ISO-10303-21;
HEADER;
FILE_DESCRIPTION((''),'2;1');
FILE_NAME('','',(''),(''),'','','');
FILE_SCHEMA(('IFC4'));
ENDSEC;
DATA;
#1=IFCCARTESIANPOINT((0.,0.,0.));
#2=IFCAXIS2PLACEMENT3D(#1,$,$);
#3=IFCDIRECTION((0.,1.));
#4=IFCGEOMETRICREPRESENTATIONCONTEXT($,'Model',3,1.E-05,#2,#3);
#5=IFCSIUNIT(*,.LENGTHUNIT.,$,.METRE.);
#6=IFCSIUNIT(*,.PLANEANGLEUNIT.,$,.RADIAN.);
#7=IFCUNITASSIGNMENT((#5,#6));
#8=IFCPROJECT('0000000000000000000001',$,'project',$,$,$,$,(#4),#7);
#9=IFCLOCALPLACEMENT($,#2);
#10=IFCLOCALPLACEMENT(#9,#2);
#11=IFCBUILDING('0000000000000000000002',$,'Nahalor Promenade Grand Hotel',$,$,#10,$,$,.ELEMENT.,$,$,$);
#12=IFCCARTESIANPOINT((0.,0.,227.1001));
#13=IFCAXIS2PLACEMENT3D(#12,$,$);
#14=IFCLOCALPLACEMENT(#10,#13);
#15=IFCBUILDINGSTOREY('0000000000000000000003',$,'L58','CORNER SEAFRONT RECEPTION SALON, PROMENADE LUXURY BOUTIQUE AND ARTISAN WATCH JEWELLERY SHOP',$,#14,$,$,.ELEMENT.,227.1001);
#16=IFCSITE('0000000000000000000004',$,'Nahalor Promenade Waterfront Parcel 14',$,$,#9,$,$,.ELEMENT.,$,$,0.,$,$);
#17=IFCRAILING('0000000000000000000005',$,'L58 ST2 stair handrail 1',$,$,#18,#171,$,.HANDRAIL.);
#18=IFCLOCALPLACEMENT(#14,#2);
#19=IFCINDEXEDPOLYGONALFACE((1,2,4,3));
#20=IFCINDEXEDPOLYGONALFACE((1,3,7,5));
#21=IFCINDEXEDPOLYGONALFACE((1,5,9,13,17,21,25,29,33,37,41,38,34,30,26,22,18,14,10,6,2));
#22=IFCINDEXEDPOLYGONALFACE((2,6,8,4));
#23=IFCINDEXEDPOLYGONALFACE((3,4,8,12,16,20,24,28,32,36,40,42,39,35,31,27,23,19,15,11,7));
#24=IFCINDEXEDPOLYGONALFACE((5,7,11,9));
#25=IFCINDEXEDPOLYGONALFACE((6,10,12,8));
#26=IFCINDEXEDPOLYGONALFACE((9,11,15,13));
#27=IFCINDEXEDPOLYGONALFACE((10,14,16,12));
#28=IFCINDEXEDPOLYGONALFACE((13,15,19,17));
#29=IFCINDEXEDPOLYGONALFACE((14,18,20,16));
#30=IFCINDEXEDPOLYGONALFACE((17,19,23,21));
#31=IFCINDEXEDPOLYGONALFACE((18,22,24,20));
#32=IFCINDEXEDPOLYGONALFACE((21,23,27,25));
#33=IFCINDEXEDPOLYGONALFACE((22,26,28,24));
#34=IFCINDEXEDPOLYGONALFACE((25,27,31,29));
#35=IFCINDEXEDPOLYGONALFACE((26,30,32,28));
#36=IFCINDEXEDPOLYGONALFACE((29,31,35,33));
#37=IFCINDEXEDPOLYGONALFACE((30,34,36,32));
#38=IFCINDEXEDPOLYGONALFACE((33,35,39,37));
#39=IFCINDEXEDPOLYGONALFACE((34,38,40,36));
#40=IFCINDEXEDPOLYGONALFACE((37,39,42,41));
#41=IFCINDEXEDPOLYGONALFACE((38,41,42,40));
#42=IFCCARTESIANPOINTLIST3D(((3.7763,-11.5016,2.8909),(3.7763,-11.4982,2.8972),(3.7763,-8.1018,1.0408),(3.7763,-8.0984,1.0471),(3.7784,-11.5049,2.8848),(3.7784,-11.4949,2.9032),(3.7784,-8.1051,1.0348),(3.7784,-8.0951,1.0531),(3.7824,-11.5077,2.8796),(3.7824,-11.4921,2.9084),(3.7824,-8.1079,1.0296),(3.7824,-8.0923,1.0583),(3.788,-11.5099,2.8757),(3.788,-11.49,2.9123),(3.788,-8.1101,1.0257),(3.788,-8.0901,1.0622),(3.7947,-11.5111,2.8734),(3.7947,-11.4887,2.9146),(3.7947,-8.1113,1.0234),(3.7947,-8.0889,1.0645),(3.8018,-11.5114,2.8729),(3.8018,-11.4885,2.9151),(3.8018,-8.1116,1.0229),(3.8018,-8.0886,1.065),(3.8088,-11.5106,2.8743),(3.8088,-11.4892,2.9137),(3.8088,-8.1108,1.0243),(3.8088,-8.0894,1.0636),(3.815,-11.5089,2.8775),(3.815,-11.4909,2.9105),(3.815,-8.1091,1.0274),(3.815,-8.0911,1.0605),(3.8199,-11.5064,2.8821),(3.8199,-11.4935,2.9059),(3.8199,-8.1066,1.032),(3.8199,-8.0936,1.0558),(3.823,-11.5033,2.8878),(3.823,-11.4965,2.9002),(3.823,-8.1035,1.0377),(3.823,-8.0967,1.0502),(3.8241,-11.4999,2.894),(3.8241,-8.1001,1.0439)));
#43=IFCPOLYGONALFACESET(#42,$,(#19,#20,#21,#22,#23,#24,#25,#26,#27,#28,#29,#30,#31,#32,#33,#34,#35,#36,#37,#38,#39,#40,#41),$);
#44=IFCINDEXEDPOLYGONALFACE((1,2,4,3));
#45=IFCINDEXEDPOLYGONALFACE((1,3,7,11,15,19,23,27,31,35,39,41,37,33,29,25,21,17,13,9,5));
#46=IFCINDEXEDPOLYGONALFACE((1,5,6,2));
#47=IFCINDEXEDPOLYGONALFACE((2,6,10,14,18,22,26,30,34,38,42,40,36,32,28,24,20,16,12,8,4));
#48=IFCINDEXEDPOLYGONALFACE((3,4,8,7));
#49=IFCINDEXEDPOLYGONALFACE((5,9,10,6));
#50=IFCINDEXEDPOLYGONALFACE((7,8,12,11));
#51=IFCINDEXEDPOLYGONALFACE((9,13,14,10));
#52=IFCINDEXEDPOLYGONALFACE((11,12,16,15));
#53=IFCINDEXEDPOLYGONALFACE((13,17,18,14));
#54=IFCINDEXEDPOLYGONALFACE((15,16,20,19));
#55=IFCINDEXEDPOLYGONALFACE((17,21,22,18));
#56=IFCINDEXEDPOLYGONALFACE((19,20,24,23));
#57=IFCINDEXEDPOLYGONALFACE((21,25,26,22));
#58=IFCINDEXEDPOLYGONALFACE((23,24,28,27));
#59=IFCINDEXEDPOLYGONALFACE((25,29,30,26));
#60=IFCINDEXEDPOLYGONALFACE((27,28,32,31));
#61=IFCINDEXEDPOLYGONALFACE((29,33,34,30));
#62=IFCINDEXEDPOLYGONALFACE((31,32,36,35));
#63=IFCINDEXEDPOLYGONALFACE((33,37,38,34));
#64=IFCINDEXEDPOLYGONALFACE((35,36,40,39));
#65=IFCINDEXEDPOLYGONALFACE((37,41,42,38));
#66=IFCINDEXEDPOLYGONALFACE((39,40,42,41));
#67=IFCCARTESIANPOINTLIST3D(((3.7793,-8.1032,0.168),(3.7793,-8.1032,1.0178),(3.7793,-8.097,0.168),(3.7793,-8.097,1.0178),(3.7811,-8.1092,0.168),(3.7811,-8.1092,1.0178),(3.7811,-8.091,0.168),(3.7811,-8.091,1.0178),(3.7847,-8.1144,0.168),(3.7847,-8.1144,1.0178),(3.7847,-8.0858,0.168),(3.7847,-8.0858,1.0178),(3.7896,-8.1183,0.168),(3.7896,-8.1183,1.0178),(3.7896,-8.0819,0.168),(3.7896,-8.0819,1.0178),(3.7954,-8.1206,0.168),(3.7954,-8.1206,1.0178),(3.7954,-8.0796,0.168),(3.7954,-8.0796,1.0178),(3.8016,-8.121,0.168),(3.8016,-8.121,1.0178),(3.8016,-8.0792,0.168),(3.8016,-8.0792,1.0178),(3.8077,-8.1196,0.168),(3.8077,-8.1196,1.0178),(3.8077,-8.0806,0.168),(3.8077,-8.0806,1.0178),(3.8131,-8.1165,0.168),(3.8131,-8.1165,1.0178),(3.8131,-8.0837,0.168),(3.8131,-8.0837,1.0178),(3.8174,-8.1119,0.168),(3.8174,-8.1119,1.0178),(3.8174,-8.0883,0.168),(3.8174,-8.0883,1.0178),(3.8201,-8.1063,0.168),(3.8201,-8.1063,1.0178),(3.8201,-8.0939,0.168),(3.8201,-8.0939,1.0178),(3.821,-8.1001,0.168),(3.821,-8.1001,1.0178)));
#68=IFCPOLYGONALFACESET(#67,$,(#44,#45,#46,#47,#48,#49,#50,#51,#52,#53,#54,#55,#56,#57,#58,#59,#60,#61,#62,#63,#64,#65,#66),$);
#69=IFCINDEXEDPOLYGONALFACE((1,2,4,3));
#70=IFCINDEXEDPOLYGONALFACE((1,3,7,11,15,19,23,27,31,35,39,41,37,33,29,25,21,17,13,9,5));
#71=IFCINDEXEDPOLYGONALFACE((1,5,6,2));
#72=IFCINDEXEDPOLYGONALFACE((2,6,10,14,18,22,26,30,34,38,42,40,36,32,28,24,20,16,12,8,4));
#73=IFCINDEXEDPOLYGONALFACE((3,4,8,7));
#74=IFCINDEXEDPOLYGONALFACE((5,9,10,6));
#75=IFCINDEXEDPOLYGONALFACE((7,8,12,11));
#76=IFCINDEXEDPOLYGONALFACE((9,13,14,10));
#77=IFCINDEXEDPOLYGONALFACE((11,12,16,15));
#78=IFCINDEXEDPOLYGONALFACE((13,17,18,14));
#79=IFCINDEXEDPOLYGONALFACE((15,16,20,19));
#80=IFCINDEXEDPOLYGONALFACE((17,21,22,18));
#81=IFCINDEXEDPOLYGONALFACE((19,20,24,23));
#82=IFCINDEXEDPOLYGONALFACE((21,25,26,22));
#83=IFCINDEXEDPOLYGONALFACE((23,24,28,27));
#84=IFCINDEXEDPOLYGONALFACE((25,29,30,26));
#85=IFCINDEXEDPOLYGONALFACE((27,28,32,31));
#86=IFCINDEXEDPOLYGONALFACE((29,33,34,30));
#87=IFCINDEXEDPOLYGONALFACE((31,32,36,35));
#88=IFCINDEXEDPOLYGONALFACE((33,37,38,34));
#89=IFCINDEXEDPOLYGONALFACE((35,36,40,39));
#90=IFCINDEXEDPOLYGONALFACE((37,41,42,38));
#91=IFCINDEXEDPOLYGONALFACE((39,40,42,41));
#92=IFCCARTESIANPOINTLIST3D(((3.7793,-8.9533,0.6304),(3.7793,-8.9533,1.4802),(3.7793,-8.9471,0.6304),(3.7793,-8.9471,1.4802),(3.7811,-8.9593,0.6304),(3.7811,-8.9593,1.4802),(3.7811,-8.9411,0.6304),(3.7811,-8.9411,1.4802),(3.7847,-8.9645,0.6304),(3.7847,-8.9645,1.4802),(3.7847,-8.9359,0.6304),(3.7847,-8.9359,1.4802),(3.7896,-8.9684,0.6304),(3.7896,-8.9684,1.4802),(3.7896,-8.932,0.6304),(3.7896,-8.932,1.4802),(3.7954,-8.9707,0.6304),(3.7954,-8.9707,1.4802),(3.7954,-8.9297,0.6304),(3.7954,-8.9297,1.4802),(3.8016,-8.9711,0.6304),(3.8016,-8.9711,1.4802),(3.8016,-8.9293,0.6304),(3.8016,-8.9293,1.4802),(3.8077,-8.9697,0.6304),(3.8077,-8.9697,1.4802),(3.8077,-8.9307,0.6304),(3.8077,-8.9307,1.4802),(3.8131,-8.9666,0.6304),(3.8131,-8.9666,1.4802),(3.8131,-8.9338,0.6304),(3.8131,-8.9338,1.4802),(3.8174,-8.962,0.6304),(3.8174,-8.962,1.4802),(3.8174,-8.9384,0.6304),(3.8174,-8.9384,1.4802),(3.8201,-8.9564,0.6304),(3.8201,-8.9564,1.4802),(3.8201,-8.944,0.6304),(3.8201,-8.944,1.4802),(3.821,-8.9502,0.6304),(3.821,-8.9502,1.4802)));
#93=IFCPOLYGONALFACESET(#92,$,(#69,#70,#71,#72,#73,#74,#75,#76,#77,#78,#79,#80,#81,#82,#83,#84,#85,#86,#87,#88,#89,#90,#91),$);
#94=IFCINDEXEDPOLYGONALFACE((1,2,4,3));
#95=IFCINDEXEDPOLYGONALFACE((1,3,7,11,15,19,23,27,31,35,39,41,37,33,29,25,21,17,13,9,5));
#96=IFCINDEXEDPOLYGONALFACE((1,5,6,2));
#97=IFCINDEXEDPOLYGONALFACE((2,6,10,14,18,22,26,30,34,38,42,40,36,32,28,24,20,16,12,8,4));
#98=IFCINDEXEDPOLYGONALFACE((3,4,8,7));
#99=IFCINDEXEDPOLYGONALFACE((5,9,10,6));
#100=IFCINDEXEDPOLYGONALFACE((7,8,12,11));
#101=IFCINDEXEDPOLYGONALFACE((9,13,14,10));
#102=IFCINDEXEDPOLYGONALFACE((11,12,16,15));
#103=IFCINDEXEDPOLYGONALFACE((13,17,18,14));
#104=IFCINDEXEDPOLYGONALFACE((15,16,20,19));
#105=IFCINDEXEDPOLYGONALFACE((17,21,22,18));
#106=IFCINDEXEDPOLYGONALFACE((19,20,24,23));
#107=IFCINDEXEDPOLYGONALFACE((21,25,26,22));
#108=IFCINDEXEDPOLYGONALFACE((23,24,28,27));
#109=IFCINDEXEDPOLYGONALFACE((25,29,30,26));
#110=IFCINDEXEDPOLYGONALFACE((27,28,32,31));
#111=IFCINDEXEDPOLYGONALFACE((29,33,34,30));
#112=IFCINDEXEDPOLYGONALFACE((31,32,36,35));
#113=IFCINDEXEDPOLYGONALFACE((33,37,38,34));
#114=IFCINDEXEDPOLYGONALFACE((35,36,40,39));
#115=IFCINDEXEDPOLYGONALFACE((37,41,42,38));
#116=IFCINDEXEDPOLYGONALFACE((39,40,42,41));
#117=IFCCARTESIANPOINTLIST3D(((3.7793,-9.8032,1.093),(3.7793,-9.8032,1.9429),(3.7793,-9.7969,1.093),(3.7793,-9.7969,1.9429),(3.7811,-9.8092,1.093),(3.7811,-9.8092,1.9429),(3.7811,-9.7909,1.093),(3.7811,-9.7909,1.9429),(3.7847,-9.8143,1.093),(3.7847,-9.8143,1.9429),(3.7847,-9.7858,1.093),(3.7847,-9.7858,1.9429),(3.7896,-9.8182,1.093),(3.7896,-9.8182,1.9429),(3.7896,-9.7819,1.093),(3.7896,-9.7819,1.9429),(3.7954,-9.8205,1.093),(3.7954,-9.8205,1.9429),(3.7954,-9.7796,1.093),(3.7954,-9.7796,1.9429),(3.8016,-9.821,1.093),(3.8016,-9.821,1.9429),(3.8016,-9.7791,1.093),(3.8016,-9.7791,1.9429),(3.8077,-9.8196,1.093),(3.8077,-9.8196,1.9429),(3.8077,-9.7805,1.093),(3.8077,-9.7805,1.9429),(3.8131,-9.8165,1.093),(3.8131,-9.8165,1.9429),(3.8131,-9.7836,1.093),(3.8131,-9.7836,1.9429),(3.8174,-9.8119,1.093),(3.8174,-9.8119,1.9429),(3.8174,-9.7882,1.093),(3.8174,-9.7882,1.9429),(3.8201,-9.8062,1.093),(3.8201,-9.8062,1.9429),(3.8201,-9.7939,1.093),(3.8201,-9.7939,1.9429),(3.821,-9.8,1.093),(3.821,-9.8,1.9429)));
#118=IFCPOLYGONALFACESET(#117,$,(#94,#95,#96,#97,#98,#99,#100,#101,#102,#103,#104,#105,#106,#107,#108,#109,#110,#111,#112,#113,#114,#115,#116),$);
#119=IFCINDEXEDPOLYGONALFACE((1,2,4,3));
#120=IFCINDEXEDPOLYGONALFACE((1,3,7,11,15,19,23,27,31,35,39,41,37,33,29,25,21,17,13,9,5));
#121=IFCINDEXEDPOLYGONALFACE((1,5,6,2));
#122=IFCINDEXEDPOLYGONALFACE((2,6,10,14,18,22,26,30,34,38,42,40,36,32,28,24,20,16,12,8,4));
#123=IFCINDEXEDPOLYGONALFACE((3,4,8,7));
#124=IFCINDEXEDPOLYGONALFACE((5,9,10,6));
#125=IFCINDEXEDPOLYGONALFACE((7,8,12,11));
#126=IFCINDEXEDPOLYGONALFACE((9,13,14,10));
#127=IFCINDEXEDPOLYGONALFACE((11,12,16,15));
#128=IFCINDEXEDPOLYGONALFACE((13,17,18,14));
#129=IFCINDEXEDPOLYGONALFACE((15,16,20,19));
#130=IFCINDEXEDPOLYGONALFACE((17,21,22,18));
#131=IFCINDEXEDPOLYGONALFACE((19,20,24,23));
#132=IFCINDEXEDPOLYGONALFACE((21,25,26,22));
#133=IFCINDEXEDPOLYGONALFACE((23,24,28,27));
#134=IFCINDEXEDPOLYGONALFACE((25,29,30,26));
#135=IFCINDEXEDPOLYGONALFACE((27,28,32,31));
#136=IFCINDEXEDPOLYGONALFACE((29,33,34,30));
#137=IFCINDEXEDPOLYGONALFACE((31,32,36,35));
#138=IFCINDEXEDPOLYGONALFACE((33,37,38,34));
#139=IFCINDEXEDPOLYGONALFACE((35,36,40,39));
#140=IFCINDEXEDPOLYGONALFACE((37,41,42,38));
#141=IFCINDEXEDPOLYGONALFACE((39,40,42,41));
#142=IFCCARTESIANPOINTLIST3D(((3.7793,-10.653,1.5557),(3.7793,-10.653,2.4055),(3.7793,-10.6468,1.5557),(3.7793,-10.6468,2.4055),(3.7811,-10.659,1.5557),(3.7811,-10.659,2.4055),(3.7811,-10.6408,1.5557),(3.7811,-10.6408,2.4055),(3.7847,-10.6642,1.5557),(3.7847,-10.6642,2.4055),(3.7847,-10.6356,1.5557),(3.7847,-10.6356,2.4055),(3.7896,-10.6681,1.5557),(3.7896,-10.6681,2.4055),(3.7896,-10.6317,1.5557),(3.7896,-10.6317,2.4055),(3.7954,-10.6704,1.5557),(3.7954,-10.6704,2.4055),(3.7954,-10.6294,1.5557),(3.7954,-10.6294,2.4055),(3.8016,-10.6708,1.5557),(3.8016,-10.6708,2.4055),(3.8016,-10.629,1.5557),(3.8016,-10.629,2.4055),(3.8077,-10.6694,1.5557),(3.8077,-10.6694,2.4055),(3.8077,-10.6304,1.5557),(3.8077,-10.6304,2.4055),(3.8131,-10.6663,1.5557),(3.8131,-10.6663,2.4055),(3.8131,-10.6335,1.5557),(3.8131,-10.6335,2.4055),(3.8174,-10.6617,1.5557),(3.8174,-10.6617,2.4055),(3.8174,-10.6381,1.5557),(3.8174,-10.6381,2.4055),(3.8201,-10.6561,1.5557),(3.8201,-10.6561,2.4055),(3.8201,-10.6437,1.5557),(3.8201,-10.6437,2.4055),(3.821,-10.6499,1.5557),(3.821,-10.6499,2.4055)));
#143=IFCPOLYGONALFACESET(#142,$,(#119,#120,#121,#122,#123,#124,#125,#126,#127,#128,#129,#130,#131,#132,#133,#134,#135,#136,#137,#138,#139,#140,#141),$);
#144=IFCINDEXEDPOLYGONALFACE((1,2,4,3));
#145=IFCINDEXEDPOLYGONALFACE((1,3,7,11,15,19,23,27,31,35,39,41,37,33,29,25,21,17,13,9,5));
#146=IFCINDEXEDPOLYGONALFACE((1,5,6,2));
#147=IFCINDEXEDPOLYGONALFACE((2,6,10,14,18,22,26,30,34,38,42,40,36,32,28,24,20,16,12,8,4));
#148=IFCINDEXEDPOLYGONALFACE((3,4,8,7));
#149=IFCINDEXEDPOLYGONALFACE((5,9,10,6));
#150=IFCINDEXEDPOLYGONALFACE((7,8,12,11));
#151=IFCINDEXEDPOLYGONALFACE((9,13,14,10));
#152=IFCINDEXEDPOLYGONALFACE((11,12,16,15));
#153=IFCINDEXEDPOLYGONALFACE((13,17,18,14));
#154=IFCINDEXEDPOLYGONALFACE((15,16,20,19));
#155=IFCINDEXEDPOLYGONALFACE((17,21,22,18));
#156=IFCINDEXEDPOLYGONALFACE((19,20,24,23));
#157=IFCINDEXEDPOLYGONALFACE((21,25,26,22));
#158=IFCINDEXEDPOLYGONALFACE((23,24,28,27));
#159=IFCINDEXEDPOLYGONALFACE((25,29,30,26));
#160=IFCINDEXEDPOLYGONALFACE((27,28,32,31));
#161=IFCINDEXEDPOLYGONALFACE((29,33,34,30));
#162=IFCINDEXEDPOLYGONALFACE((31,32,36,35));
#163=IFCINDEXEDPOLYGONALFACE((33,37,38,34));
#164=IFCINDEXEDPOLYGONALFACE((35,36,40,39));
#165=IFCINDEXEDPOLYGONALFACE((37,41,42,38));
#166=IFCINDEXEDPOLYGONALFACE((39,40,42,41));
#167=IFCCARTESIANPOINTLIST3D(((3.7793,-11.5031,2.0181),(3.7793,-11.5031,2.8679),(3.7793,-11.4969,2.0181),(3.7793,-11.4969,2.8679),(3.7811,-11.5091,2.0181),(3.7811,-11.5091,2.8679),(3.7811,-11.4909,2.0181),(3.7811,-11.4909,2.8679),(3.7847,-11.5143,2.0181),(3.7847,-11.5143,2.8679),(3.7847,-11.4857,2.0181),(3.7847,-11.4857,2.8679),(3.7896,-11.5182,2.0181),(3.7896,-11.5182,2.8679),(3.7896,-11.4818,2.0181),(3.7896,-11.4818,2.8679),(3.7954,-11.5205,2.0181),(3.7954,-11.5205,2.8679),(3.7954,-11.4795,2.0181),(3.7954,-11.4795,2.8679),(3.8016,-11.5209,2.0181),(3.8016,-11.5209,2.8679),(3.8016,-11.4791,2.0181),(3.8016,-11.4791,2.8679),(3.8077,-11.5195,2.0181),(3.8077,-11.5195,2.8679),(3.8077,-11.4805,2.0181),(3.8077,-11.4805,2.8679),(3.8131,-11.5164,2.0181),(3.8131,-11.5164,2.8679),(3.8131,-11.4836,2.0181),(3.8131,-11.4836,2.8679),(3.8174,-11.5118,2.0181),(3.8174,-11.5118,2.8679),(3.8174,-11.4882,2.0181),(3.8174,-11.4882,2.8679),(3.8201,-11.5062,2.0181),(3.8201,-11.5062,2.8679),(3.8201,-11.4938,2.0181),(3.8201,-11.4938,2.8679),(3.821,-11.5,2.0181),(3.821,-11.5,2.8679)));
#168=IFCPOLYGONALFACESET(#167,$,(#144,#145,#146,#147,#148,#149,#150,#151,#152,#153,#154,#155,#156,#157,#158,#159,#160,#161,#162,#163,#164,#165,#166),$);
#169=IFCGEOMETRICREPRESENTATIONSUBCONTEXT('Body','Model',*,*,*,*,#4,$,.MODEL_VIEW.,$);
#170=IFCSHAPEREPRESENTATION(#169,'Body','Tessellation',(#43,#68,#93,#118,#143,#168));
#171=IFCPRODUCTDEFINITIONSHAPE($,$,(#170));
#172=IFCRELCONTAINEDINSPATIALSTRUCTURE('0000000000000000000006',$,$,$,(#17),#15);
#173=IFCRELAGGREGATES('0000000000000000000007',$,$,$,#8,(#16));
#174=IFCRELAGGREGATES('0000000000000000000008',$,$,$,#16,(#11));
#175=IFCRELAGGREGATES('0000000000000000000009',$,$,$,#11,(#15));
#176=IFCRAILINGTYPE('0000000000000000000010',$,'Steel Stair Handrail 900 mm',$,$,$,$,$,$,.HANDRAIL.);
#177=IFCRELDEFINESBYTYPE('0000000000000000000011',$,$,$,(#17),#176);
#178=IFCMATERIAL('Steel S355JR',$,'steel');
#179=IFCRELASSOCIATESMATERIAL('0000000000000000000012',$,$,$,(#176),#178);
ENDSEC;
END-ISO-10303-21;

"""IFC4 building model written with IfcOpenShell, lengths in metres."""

from ifc_helpers import new_model, si_unit, direction, frame, origin, origin_2d, place, context, subcontext, project, spatial, circle, extrude, material, type_object, element, save


model = new_model("IFC4")

# Units and contexts
model_context = context("Model", 3, precision=1e-05, world=origin(), true_north=direction((0.0, 1.0)))
body_context = subcontext(model_context, "Body", "Model", "MODEL_VIEW")
ifc_project = project(units=[si_unit("LENGTHUNIT", "METRE"), si_unit("PLANEANGLEUNIT", "RADIAN")], contexts=[model_context])

# Site, building, storey
site_placement = place(None, origin())
site = spatial("IfcSite", under=ifc_project, at=site_placement, Name="Nahalor Promenade Waterfront Parcel 14", CompositionType="ELEMENT", RefElevation=0.0)
building_placement = place(site_placement, origin())
building = spatial("IfcBuilding", under=site, at=building_placement, Name="Nahalor Promenade Grand Hotel", CompositionType="ELEMENT")
storey_placement = place(building_placement, frame((0.0, 0.0, 227.1001)))
storey = spatial("IfcBuildingStorey", under=building, at=storey_placement, Name="L58", Description="CORNER SEAFRONT RECEPTION SALON, PROMENADE LUXURY BOUTIQUE AND ARTISAN WATCH JEWELLERY SHOP", CompositionType="ELEMENT", Elevation=227.1001)

# Shared definitions
ifc_material_1 = material(Name="Steel S355JR", Category="steel")

# Railing
railing_type_1 = type_object("IfcRailingType", Name="Steel Stair Handrail 900 mm", PredefinedType="HANDRAIL", material=ifc_material_1)
railing_1_placement = place(storey_placement, frame((3.8, -8.1001, 0.168)))
element("IfcRailing", 1, at=railing_1_placement, inside=storey, type_object=railing_type_1, Name="L58 ST2 stair handrail 1", PredefinedType="HANDRAIL", context=body_context, shape_type="SweptSolid", body=[
    extrude(circle(Radius=0.024, at=origin_2d()), frame((0.0, 0.0, 0.876), z_axis=(0.0, -0.878372, 0.477977), x_axis=(1.0, 0.0, 0.0)), (0.0, 0.0, 1.0), 3.8706),
    extrude(circle(Radius=0.021, at=origin_2d()), origin(), (0.0, 0.0, 1.0), 0.8499),
    extrude(circle(Radius=0.021, at=origin_2d()), frame((0.0, -0.8501, 0.4624)), (0.0, 0.0, 1.0), 0.8499),
    extrude(circle(Radius=0.021, at=origin_2d()), frame((0.0, -1.7, 0.925)), (0.0, 0.0, 1.0), 0.8499),
    extrude(circle(Radius=0.021, at=origin_2d()), frame((0.0, -2.5498, 1.3877)), (0.0, 0.0, 1.0), 0.8499),
    extrude(circle(Radius=0.021, at=origin_2d()), frame((0.0, -3.3999, 1.8501)), (0.0, 0.0, 1.0), 0.8499),
])

save(model, "model.ifc")
